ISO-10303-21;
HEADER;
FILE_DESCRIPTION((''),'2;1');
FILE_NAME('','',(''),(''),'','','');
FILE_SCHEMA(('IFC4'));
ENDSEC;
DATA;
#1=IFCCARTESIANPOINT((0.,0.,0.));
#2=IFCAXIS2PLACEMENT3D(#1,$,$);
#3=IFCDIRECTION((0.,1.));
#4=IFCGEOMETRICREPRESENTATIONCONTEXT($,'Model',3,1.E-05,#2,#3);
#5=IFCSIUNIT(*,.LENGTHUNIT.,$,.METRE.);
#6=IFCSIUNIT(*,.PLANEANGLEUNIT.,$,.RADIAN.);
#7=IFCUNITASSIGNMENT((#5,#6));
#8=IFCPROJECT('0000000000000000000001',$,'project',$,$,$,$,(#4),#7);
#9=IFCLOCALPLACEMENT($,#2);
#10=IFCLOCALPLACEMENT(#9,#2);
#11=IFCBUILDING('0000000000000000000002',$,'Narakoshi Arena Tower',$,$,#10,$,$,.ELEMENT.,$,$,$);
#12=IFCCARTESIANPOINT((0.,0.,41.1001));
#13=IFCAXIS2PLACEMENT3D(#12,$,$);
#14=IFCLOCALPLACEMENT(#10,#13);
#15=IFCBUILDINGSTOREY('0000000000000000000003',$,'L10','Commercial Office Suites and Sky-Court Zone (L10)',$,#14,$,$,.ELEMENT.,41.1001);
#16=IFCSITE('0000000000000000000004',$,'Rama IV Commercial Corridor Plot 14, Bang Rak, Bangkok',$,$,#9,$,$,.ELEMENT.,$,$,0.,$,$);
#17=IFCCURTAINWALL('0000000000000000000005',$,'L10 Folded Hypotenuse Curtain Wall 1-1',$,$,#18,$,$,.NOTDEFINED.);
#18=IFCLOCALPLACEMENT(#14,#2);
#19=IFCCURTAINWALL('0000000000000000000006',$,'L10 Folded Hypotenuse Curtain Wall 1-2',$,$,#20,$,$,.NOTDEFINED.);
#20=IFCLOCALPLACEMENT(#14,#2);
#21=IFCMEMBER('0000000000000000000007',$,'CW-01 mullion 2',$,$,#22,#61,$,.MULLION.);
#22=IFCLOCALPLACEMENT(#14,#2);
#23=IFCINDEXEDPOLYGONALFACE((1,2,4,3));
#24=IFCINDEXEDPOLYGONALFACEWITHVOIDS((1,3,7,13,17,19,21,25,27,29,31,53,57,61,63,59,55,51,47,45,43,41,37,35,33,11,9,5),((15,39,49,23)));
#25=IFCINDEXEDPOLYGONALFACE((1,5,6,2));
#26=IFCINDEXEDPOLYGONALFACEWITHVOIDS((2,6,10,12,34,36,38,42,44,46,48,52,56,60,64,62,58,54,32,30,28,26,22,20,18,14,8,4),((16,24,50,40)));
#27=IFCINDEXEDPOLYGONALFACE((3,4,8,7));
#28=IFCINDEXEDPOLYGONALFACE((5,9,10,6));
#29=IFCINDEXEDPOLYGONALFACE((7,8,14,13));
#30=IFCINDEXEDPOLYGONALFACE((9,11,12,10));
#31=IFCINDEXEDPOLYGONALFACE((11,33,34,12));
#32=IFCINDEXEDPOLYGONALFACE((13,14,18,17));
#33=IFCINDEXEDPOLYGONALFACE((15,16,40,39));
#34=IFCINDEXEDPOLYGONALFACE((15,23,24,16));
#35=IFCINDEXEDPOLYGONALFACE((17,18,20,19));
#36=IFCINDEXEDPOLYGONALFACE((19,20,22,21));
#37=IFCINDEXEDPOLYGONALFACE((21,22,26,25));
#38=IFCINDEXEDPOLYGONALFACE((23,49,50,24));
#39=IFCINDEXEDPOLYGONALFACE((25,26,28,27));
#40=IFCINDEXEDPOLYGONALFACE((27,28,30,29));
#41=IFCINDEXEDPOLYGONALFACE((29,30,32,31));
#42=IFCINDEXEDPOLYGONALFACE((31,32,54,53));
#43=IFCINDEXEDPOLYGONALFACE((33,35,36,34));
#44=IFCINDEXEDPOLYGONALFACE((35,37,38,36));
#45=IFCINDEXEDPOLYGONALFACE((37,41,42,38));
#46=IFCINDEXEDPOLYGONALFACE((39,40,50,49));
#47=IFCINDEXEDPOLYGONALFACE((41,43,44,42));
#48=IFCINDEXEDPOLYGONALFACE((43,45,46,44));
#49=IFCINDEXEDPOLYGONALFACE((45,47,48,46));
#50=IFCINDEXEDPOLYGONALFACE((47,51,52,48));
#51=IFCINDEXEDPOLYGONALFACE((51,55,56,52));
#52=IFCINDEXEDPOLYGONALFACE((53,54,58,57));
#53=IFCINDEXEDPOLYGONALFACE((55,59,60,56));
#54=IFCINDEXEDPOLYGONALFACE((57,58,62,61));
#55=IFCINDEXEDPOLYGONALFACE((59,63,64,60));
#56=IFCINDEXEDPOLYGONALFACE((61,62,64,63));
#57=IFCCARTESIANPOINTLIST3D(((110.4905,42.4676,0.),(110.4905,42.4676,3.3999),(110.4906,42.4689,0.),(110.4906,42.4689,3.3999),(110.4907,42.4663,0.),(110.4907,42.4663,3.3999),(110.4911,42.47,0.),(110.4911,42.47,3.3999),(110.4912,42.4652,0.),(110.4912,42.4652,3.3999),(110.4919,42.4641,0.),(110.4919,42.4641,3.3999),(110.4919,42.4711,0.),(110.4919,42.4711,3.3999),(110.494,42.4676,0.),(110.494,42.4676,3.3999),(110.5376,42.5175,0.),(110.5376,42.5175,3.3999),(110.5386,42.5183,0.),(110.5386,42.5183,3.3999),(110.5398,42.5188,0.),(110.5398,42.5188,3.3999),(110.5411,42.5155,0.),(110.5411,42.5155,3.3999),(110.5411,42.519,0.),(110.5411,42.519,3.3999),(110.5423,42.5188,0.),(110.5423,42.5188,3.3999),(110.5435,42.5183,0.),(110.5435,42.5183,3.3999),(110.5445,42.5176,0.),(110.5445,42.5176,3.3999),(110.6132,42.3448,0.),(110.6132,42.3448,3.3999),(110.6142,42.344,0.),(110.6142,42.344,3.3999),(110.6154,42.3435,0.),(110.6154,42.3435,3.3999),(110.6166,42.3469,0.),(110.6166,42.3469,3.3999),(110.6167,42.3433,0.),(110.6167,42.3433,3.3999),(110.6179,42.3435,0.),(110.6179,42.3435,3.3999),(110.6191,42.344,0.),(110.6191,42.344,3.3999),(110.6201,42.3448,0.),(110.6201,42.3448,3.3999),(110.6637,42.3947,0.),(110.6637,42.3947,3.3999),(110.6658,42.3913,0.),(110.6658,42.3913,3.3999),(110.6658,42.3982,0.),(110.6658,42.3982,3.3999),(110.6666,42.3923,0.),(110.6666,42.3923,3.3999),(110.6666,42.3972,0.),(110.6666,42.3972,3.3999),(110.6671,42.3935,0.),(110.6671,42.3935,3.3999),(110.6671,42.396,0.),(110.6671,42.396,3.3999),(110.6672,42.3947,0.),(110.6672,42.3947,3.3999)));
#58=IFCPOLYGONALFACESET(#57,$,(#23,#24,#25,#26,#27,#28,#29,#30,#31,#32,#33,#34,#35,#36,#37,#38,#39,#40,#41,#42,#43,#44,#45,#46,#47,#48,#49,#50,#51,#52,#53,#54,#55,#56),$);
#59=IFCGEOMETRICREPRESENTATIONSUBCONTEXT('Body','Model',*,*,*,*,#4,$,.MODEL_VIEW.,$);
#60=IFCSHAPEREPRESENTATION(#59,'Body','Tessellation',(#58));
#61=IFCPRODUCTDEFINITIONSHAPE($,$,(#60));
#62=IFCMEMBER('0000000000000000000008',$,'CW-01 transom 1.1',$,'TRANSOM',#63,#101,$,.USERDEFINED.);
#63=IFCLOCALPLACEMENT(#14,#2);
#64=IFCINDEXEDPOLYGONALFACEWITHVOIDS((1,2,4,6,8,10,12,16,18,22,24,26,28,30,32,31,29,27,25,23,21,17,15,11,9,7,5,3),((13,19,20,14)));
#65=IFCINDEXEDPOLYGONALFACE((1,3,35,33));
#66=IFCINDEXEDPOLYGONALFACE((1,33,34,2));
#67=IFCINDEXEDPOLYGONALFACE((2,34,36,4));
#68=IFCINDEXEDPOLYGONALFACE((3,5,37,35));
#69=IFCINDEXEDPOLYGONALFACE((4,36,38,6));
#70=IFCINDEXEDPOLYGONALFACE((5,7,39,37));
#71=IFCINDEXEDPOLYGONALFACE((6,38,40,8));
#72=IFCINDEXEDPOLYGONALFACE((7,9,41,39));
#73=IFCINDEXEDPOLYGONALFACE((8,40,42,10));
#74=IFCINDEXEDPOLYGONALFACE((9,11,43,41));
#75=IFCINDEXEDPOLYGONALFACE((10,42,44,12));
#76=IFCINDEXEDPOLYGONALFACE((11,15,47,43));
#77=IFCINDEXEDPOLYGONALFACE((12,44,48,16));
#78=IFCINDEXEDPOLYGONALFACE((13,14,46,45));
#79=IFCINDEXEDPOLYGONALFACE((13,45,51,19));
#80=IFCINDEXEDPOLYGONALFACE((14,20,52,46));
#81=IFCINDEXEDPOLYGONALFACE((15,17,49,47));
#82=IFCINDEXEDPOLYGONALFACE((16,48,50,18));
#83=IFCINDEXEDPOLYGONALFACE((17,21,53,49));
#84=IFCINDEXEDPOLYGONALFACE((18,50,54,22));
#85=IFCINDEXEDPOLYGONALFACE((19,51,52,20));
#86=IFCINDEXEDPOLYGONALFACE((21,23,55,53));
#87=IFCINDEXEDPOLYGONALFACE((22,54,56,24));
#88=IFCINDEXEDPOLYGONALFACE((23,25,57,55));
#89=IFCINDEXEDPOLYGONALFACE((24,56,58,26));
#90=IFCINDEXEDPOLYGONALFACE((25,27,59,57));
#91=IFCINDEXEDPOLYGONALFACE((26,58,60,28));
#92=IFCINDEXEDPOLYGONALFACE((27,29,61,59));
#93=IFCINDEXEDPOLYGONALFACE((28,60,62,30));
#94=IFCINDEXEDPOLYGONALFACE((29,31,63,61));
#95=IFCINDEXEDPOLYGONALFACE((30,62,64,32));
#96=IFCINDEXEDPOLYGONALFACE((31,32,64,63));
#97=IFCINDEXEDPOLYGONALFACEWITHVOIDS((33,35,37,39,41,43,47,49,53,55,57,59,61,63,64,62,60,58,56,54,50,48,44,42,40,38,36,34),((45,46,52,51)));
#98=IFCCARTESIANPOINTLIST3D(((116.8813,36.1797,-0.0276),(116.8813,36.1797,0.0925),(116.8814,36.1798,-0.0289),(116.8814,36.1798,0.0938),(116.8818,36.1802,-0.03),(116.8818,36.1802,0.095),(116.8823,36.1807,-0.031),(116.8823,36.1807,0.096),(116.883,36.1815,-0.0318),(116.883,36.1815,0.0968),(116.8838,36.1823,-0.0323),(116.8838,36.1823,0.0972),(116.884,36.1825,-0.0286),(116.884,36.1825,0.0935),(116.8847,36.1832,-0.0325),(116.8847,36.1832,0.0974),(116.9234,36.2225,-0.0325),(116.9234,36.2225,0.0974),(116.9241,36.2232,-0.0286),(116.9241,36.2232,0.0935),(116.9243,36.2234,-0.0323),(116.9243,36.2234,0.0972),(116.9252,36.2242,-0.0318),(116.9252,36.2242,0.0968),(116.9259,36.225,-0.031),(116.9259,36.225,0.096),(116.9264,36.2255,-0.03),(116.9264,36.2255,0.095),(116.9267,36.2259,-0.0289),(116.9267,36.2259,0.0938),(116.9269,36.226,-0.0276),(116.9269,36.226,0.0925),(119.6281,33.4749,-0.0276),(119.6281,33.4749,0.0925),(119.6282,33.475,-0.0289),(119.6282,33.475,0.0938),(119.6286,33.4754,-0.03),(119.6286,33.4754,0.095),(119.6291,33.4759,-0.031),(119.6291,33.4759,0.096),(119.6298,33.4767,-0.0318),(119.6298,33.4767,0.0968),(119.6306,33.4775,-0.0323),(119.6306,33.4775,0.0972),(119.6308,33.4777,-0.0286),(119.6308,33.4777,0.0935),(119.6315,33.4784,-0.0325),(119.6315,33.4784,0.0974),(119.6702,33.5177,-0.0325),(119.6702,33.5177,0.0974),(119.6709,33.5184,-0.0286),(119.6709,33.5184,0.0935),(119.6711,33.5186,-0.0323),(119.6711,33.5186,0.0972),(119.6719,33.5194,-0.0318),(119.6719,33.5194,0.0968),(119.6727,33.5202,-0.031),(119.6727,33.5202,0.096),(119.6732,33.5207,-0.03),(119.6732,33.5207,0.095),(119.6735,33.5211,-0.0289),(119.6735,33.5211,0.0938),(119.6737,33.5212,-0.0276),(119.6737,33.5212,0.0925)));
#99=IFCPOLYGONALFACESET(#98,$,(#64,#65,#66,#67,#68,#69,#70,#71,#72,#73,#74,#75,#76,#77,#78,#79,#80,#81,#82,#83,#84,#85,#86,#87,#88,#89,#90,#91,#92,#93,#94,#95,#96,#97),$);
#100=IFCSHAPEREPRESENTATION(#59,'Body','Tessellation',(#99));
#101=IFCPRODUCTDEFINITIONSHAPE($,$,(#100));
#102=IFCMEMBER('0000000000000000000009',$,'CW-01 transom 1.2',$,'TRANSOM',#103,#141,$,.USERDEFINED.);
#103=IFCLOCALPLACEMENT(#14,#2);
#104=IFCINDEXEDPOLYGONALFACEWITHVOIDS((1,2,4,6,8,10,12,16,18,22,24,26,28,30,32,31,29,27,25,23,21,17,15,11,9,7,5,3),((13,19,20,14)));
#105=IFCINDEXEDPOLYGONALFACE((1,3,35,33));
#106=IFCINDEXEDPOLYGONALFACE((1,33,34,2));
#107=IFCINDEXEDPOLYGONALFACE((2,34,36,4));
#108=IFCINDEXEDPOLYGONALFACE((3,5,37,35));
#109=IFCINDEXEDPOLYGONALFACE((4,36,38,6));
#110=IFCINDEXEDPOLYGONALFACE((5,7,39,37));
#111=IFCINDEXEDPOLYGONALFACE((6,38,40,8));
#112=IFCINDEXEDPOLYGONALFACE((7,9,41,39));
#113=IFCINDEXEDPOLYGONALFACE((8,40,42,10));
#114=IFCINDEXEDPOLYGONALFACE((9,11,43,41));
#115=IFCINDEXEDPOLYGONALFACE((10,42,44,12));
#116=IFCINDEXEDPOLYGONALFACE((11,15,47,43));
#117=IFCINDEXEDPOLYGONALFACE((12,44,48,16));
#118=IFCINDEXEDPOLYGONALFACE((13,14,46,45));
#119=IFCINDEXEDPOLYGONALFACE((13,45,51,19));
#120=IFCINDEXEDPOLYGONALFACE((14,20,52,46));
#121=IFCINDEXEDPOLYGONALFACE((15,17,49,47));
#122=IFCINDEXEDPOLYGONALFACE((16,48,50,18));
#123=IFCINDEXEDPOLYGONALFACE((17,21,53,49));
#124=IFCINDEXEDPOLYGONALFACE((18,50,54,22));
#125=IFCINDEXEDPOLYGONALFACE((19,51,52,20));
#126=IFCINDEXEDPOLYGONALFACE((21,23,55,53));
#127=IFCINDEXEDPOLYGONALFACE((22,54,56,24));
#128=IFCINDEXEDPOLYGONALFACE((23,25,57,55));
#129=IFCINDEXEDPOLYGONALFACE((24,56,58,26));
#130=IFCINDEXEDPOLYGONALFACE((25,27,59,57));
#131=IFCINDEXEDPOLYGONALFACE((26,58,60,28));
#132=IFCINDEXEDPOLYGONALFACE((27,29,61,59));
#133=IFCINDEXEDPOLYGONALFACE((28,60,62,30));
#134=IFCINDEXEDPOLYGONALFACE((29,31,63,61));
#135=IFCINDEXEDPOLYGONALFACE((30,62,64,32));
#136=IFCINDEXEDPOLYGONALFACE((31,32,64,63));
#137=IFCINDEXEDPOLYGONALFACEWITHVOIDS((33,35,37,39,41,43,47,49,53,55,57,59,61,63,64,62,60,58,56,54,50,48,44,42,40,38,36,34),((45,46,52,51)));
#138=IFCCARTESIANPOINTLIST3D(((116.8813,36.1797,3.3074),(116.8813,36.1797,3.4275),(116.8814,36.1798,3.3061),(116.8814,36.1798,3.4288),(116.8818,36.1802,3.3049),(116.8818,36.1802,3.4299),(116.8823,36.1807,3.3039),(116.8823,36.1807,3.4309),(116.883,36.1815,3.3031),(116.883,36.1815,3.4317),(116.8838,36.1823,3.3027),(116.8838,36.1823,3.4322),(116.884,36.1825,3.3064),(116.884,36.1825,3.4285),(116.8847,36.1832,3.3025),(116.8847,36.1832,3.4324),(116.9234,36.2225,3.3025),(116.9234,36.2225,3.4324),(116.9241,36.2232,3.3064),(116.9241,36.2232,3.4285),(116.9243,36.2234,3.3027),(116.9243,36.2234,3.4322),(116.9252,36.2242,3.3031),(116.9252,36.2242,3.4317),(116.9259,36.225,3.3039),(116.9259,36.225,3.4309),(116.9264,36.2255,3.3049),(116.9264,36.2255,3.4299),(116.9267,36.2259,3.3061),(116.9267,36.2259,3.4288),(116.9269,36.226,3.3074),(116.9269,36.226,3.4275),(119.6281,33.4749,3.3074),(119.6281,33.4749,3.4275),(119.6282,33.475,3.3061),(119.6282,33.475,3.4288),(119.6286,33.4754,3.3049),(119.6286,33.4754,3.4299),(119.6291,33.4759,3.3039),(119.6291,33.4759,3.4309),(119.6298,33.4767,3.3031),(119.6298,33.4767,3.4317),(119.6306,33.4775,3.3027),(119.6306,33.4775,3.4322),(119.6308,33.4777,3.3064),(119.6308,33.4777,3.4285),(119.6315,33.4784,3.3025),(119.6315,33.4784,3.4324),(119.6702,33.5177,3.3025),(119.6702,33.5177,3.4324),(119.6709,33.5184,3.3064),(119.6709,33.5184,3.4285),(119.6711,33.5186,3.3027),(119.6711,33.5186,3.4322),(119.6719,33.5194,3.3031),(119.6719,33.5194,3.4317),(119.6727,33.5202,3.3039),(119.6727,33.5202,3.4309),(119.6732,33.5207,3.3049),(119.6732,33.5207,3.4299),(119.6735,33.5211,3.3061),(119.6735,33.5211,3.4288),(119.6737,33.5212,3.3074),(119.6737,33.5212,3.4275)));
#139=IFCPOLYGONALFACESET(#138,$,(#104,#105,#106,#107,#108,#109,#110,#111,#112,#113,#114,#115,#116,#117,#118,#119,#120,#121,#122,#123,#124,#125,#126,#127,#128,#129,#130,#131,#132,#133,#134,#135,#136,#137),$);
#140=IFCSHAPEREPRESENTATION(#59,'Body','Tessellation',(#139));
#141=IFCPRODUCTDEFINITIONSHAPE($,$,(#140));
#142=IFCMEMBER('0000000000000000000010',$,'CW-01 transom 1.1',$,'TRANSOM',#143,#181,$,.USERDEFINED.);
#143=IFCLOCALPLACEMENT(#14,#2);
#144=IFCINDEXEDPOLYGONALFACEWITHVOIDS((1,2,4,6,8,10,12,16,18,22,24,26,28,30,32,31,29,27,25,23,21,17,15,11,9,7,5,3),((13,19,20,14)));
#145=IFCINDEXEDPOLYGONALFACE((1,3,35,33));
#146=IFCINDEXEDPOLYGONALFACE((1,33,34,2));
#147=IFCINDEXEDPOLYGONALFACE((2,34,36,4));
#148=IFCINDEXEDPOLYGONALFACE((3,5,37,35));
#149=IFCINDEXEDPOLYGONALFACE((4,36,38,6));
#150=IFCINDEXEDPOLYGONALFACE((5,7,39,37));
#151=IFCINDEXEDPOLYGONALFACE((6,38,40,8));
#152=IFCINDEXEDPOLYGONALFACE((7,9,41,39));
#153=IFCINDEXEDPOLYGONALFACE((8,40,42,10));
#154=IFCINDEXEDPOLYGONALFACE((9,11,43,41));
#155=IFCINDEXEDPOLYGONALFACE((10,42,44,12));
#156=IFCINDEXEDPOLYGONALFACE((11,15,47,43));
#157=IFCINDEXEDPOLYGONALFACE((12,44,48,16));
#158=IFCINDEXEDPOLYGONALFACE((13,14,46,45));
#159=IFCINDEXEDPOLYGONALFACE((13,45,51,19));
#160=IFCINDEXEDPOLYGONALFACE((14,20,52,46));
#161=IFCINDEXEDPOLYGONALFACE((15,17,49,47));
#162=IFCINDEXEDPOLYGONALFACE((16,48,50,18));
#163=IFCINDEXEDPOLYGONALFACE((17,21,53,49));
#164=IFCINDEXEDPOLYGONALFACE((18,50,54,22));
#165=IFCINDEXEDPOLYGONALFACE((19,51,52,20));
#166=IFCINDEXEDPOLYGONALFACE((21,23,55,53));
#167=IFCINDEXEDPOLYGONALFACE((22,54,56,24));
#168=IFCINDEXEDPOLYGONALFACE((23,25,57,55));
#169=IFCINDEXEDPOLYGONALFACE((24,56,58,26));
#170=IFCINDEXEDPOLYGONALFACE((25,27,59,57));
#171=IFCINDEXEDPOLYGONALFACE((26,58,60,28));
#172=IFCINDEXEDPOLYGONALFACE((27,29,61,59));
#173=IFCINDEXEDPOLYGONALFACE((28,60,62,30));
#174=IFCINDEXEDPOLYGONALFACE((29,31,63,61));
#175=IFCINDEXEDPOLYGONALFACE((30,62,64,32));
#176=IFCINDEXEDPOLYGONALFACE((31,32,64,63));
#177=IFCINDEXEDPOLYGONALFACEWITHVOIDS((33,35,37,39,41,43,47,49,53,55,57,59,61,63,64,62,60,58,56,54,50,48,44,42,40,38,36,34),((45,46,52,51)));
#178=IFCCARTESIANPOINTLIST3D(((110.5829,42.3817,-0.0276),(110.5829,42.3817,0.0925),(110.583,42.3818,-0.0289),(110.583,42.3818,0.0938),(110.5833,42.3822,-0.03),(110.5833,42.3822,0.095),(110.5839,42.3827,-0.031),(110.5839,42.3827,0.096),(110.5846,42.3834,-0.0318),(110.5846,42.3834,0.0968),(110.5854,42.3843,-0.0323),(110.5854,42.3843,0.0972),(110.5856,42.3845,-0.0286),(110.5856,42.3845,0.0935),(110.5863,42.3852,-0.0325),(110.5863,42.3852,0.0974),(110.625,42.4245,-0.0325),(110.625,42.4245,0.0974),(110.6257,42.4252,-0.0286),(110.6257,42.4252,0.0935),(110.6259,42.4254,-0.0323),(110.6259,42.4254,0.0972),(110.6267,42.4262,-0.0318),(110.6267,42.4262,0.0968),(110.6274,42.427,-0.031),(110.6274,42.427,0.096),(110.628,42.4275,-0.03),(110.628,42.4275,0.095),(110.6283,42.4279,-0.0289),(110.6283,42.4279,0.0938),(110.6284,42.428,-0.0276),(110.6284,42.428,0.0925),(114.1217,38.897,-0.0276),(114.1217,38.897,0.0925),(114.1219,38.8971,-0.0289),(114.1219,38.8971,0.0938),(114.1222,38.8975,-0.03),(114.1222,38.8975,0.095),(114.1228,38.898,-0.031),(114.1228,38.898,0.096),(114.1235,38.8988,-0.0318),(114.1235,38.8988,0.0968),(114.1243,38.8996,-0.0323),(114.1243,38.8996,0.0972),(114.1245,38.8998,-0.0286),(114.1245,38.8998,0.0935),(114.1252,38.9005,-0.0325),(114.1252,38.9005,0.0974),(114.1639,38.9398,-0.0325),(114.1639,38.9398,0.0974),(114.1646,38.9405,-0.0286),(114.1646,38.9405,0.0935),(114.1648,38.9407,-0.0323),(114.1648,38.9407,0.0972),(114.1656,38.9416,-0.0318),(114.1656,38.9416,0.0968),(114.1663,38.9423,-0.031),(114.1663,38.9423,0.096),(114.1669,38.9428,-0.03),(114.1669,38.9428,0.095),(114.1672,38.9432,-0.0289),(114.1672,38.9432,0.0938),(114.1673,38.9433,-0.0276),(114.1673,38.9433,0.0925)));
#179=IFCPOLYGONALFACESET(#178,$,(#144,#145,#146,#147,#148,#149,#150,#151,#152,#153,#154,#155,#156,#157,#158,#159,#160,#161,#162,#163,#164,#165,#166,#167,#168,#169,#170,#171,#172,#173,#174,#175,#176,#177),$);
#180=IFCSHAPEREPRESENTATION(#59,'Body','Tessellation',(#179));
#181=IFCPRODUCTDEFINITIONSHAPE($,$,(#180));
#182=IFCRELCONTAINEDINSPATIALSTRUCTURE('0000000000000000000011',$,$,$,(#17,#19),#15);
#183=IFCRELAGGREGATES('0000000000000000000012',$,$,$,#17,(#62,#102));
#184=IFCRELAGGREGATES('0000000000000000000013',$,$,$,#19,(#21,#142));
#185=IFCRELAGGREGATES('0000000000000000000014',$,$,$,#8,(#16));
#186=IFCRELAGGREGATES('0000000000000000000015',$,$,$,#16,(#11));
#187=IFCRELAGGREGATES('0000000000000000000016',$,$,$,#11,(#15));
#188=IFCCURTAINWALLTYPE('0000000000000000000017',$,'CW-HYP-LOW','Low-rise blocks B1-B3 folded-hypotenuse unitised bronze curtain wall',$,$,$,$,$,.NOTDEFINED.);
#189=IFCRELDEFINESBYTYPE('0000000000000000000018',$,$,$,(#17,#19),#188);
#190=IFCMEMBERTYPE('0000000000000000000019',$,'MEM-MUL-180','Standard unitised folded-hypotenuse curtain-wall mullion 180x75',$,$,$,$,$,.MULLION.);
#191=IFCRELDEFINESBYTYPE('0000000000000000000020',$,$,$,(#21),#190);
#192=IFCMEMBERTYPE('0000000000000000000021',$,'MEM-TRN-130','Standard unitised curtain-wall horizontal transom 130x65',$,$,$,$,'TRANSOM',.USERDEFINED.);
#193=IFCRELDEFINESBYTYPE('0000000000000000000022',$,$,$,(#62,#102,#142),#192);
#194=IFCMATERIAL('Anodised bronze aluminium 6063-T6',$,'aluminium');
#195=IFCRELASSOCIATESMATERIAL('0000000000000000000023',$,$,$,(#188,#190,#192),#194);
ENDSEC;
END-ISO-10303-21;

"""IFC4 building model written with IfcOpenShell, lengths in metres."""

from ifc_helpers import new_model, si_unit, direction, frame, origin, origin_2d, place, context, subcontext, project, spatial, hollow_rectangle, extrude, material, material_profile, profile_set, type_object, element, aggregate, save


model = new_model("IFC4")

# Units and contexts
model_context = context("Model", 3, precision=1e-05, world=origin(), true_north=direction((0.0, 1.0)))
body_context = subcontext(model_context, "Body", "Model", "MODEL_VIEW")
ifc_project = project(units=[si_unit("LENGTHUNIT", "METRE"), si_unit("PLANEANGLEUNIT", "RADIAN")], contexts=[model_context])

# Site, building, storey
site_placement = place(None, origin())
site = spatial("IfcSite", under=ifc_project, at=site_placement, Name="Rama IV Commercial Corridor Plot 14, Bang Rak, Bangkok", CompositionType="ELEMENT", RefElevation=0.0)
building_placement = place(site_placement, origin())
building = spatial("IfcBuilding", under=site, at=building_placement, Name="Narakoshi Arena Tower", CompositionType="ELEMENT")
storey_placement = place(building_placement, frame((0.0, 0.0, 41.1001)))
storey = spatial("IfcBuildingStorey", under=building, at=storey_placement, Name="L10", Description="Commercial Office Suites and Sky-Court Zone (L10)", CompositionType="ELEMENT", Elevation=41.1001)

# Curtain walls, member
ifc_material_1 = material(Name="Anodised bronze aluminium 6063-T6", Category="aluminium")
curtain_wall_type = type_object("IfcCurtainWallType", Name="CW-HYP-LOW", Description="Low-rise blocks B1-B3 folded-hypotenuse unitised bronze curtain wall", PredefinedType="NOTDEFINED", material=ifc_material_1)
curtain_wall_1_placement = place(storey_placement, origin())
curtain_wall_1 = element("IfcCurtainWall", 1, at=curtain_wall_1_placement, inside=storey, type_object=curtain_wall_type, Name="L10 Folded Hypotenuse Curtain Wall 1-1", PredefinedType="NOTDEFINED")
ifc_material_profile_1 = material_profile(ifc_material_1, hollow_rectangle(XDim=0.075, YDim=0.1799, WallThickness=0.0039, OuterFilletRadius=0.0049, at=origin_2d()), Name="MUL180x75x4")
ifc_profile_set_1 = profile_set([ifc_material_profile_1], Name="Anodised bronze aluminium 6063-T6")
member_type_1 = type_object("IfcMemberType", Name="MEM-MUL-180", Description="Standard unitised folded-hypotenuse curtain-wall mullion 180x75", PredefinedType="MULLION", material=ifc_profile_set_1)
curtain_wall_2_placement = place(storey_placement, origin())
curtain_wall_2 = element("IfcCurtainWall", 2, at=curtain_wall_2_placement, inside=storey, type_object=curtain_wall_type, Name="L10 Folded Hypotenuse Curtain Wall 1-2", PredefinedType="NOTDEFINED")
member_1_placement = place(storey_placement, frame((110.5789, 42.4312, 0.0), z_axis=(0.0, 0.0, 1.0), x_axis=(-0.701623, -0.712548, 0.0)))
member_1 = element("IfcMember", 3, at=member_1_placement, type_object=member_type_1, Name="CW-01 mullion 2", PredefinedType="MULLION", context=body_context, shape_type="SweptSolid", body=[
    extrude(hollow_rectangle(XDim=0.075, YDim=0.1799, WallThickness=0.0039, OuterFilletRadius=0.0049, at=origin_2d()), origin(), (0.0, 0.0, 1.0), 3.3999),
])

# Members
ifc_material_profile_2 = material_profile(ifc_material_1, hollow_rectangle(XDim=0.0649, YDim=0.1299, WallThickness=0.0039, OuterFilletRadius=0.0049, at=origin_2d()), Name="TRN130x65x4")
ifc_profile_set_2 = profile_set([ifc_material_profile_2], Name="Anodised bronze aluminium 6063-T6")
member_type_2 = type_object("IfcMemberType", Name="MEM-TRN-130", Description="Standard unitised curtain-wall horizontal transom 130x65", ElementType="TRANSOM", PredefinedType="USERDEFINED", material=ifc_profile_set_2)
member_2_placement = place(storey_placement, frame((119.6509, 33.498, 0.0325), z_axis=(-0.712532, 0.701639, 0.0), x_axis=(-0.701639, -0.712532, 0.0)))
member_2 = element("IfcMember", 4, at=member_2_placement, type_object=member_type_2, Name="CW-01 transom 1.1", ObjectType="TRANSOM", PredefinedType="USERDEFINED", context=body_context, shape_type="SweptSolid", body=[
    extrude(hollow_rectangle(XDim=0.0649, YDim=0.1299, WallThickness=0.0039, OuterFilletRadius=0.0049, at=origin_2d()), origin(), (0.0, 0.0, 1.0), 3.855),
])
member_3_placement = place(storey_placement, frame((119.6509, 33.498, 3.3674), z_axis=(-0.712532, 0.701639, 0.0), x_axis=(-0.701639, -0.712532, 0.0)))
member_3 = element("IfcMember", 5, at=member_3_placement, type_object=member_type_2, Name="CW-01 transom 1.2", ObjectType="TRANSOM", PredefinedType="USERDEFINED", context=body_context, shape_type="SweptSolid", body=[
    extrude(hollow_rectangle(XDim=0.0649, YDim=0.1299, WallThickness=0.0039, OuterFilletRadius=0.0049, at=origin_2d()), origin(), (0.0, 0.0, 1.0), 3.855),
])
member_4_placement = place(storey_placement, frame((114.1445, 38.9202, 0.0325), z_axis=(-0.712542, 0.701629, 0.0), x_axis=(-0.701629, -0.712542, 0.0)))
member_4 = element("IfcMember", 6, at=member_4_placement, type_object=member_type_2, Name="CW-01 transom 1.1", ObjectType="TRANSOM", PredefinedType="USERDEFINED", context=body_context, shape_type="SweptSolid", body=[
    extrude(hollow_rectangle(XDim=0.0649, YDim=0.1299, WallThickness=0.0039, OuterFilletRadius=0.0049, at=origin_2d()), origin(), (0.0, 0.0, 1.0), 4.9666),
])

aggregate(curtain_wall_1, [member_2, member_3])
aggregate(curtain_wall_2, [member_1, member_4])

save(model, "model.ifc")
